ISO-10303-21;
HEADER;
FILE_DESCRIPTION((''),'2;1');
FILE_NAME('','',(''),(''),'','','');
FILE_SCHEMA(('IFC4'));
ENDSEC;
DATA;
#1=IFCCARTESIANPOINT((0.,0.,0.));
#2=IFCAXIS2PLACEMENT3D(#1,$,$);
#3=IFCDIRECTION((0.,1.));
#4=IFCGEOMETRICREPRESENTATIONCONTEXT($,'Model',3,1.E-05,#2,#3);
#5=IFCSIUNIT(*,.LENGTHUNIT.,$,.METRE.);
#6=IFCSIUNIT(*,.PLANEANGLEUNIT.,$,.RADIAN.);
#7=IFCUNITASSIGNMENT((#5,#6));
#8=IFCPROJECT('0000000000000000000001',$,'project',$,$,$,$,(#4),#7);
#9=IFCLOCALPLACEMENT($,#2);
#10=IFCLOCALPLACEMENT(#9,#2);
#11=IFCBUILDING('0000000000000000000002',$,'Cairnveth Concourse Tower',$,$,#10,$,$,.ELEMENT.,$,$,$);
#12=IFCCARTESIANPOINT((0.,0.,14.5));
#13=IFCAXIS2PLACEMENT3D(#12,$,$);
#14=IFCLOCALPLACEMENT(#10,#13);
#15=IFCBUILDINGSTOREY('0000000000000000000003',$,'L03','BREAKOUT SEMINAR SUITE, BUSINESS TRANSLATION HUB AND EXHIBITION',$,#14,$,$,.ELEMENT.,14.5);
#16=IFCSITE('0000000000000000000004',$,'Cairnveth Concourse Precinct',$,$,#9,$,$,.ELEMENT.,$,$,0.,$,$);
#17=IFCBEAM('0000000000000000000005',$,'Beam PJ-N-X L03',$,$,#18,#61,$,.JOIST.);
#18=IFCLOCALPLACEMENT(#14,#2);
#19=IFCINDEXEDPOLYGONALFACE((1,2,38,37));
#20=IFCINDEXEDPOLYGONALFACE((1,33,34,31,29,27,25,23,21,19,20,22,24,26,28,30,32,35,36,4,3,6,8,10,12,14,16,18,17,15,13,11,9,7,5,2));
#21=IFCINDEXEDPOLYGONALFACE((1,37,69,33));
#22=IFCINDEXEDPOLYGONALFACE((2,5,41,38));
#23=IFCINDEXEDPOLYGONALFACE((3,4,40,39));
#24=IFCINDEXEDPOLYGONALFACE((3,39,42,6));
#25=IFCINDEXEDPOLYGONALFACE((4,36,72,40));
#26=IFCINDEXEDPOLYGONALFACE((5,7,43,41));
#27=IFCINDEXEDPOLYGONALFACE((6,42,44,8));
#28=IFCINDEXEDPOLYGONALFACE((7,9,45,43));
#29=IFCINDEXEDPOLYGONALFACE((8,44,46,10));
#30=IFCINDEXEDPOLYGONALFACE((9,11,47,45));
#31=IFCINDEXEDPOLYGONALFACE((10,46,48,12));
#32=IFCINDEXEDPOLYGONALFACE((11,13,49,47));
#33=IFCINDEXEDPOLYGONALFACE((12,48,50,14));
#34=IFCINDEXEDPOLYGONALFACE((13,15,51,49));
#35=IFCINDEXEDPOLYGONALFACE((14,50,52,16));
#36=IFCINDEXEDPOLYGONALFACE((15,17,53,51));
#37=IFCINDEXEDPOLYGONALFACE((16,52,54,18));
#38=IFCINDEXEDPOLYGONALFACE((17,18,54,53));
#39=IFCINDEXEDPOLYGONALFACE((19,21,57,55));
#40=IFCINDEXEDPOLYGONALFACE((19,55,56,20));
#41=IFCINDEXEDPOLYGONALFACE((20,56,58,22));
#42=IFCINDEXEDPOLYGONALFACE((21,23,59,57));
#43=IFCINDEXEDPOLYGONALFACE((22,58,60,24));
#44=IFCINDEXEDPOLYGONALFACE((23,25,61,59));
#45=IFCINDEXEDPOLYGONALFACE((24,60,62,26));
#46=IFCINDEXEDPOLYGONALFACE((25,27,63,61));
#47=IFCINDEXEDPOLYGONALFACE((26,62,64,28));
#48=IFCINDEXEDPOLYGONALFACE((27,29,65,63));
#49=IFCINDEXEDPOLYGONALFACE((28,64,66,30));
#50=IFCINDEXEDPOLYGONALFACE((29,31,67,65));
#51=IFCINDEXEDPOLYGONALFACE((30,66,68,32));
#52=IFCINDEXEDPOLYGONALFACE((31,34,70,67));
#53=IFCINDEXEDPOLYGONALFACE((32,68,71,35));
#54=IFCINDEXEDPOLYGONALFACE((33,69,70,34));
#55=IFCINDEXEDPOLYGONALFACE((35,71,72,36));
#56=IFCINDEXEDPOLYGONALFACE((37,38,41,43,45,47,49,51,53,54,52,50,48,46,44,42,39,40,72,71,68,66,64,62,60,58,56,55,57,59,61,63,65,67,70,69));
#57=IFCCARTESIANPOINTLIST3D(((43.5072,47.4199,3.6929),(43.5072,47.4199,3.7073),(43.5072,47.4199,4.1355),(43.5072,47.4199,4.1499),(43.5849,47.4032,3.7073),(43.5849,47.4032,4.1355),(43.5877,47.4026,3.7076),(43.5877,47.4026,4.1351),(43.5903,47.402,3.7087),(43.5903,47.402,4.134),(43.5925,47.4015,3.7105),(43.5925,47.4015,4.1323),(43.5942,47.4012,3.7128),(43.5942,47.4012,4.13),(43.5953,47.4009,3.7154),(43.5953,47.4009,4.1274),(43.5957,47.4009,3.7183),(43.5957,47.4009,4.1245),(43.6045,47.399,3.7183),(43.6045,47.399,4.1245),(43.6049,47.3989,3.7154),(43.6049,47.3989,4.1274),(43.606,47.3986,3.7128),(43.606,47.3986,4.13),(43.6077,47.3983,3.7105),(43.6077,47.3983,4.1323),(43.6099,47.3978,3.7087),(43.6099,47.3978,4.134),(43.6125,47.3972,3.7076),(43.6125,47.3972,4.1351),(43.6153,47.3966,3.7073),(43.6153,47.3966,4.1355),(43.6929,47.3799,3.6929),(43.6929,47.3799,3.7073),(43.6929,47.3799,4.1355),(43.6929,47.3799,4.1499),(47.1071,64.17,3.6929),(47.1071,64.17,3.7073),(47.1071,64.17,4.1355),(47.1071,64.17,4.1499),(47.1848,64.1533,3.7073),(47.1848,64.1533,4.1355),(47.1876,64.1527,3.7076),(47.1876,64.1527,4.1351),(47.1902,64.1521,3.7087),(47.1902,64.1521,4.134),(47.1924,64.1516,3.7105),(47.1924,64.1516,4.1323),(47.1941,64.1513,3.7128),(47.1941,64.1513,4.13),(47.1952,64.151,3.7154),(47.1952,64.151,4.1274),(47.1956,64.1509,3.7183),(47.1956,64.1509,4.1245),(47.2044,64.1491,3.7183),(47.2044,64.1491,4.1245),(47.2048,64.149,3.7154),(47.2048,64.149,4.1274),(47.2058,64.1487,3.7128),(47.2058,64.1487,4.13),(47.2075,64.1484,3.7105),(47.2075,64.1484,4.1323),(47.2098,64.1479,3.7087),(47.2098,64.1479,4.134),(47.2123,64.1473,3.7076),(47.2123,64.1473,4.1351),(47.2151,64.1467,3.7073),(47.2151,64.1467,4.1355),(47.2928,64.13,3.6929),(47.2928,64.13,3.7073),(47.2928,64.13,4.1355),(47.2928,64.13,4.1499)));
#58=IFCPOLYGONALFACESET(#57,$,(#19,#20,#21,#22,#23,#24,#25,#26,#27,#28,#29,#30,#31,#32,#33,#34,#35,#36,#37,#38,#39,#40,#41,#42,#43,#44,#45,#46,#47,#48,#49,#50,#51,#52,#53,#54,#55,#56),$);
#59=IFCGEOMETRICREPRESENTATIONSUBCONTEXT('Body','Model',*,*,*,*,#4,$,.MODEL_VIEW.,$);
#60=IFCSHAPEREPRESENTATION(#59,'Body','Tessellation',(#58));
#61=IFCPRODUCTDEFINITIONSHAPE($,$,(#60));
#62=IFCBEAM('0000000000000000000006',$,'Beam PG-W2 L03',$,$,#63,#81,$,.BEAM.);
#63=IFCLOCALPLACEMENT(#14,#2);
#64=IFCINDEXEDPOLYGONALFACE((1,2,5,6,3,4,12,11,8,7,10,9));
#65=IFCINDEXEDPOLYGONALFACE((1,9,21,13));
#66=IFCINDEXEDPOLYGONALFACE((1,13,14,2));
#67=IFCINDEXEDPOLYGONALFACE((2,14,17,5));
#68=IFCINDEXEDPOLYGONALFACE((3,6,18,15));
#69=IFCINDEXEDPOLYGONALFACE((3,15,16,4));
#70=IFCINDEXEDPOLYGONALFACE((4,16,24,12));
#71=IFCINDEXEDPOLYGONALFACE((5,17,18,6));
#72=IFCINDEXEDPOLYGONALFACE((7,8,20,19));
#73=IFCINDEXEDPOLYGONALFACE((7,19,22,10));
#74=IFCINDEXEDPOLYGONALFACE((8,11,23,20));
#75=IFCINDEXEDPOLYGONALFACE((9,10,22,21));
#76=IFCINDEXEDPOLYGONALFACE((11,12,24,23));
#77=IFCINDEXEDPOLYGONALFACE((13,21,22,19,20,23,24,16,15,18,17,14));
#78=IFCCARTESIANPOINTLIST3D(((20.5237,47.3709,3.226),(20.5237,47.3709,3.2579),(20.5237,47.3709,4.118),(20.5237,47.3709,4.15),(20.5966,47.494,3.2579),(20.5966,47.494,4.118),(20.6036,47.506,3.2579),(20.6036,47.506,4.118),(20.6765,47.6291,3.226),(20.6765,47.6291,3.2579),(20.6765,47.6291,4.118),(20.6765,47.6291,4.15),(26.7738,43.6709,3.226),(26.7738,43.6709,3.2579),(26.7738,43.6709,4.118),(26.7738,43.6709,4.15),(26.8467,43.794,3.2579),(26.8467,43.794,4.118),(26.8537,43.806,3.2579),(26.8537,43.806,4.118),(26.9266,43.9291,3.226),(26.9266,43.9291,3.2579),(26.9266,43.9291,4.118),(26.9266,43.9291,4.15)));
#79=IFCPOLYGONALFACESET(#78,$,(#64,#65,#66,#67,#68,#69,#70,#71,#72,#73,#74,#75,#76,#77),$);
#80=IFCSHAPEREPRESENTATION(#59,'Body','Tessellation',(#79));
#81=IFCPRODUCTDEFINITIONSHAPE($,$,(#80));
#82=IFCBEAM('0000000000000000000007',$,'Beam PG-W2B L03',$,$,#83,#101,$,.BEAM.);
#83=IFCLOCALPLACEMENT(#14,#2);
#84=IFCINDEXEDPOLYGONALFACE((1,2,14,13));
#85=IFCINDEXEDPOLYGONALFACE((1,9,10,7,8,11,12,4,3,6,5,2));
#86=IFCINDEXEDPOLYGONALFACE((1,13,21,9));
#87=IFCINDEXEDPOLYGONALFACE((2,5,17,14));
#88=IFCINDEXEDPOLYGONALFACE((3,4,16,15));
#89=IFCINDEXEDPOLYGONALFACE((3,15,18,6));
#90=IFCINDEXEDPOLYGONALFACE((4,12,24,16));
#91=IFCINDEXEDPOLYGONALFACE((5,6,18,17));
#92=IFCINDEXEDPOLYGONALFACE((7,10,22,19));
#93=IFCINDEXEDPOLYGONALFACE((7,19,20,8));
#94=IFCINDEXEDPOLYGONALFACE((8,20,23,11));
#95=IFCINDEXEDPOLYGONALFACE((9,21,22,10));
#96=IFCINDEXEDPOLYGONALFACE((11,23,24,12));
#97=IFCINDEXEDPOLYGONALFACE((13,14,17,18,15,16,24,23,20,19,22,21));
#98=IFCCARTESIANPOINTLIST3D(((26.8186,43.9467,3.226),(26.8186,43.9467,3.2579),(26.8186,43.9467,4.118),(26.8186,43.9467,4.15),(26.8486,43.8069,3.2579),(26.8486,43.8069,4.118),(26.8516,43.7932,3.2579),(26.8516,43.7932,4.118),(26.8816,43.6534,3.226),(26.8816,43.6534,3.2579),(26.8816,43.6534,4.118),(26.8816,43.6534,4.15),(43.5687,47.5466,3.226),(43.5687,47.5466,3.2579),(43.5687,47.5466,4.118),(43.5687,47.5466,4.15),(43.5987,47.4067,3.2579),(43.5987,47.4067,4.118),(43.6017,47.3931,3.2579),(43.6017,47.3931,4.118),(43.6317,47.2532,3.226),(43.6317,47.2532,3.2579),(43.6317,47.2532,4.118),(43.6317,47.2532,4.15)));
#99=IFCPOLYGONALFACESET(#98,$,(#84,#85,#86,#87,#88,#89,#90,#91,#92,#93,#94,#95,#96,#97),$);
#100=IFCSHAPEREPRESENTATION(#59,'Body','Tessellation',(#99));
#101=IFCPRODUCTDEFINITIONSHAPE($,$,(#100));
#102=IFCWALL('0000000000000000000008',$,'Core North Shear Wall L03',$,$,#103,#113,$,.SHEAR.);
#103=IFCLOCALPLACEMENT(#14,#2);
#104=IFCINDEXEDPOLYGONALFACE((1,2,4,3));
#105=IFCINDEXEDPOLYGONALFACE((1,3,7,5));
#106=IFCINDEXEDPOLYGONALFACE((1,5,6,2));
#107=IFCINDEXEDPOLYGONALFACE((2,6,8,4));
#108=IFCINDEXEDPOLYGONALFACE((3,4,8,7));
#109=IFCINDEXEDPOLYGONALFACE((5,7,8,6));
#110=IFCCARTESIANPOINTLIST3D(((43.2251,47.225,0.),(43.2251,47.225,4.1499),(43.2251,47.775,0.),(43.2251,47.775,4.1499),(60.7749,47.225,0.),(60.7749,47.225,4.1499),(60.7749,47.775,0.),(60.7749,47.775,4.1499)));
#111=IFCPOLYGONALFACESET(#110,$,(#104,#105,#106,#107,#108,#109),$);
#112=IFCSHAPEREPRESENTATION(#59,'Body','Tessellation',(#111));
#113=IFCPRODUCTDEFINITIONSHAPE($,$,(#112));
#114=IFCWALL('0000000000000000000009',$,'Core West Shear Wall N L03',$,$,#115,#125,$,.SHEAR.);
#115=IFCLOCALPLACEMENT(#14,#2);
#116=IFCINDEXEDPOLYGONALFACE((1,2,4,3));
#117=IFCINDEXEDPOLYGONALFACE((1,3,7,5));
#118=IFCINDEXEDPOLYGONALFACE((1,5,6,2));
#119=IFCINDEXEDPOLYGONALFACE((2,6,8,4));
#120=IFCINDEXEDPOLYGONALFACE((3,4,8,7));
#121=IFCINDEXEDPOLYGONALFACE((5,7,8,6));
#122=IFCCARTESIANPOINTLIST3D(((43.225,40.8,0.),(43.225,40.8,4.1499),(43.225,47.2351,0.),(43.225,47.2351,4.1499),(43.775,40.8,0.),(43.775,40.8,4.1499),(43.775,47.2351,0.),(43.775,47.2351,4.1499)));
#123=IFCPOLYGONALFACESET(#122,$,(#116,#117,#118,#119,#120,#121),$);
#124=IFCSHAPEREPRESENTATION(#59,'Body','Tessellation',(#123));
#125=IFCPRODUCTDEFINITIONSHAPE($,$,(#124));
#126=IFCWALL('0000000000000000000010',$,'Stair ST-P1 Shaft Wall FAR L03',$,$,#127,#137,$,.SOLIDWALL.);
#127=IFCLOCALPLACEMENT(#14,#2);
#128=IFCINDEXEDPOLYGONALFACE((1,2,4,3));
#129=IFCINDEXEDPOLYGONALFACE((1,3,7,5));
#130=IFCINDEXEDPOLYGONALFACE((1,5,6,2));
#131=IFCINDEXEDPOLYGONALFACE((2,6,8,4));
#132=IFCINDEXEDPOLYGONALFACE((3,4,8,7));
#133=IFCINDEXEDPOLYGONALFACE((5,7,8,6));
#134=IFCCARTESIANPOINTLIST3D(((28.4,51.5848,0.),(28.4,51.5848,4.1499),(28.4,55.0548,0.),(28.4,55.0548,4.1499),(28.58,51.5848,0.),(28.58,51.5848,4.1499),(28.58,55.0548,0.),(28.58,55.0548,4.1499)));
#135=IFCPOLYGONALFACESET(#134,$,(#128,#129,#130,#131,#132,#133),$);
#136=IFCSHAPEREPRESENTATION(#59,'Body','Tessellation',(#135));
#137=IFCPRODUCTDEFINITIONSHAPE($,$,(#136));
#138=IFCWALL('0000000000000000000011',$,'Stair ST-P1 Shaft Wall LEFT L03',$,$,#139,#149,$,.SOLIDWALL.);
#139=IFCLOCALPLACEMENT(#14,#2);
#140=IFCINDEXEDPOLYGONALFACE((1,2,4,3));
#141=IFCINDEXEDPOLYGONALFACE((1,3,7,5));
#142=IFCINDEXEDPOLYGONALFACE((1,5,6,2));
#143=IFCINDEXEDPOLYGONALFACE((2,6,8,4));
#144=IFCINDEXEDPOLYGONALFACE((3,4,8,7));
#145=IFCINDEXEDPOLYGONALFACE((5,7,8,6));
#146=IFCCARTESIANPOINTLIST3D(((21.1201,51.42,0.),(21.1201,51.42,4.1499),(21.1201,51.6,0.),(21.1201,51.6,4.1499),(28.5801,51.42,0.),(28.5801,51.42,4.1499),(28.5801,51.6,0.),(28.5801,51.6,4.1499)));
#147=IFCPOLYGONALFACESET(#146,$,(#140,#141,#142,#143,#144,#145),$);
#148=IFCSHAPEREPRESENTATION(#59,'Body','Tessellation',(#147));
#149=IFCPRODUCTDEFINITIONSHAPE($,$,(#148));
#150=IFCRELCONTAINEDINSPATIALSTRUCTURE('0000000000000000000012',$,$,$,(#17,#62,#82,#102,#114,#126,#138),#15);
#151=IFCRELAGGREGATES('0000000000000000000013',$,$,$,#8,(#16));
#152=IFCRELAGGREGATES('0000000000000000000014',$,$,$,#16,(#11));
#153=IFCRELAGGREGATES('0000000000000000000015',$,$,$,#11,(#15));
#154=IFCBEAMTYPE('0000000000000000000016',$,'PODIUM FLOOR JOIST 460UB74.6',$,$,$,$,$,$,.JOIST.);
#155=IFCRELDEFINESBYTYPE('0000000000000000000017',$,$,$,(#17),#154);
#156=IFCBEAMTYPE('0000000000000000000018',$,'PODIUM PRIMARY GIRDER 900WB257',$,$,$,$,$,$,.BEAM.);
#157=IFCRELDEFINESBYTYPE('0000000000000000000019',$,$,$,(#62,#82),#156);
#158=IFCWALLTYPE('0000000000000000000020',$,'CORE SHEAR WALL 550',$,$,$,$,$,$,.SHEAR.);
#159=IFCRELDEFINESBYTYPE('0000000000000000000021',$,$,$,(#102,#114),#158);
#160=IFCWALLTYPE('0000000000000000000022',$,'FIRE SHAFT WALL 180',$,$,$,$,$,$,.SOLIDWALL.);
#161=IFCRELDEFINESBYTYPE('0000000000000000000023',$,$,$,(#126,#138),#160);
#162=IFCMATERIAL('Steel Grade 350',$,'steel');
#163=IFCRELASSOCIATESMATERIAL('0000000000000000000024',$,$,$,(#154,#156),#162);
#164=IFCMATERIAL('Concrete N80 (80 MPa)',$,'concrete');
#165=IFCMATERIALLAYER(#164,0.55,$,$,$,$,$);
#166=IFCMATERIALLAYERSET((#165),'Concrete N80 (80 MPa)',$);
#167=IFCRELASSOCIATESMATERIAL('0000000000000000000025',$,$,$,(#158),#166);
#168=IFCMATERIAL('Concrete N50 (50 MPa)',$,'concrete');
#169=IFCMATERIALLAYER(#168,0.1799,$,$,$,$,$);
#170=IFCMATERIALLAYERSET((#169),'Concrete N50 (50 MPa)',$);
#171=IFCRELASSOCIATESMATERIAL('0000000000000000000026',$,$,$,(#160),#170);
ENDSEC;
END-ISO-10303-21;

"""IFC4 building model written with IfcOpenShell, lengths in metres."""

from ifc_helpers import new_model, si_unit, direction, frame, frame_2d, origin, origin_2d, place, context, subcontext, project, spatial, rectangle, i_section, extrude, material, layer, layer_set, material_profile, profile_set, type_object, element, save


model = new_model("IFC4")

# Units and contexts
model_context = context("Model", 3, precision=1e-05, world=origin(), true_north=direction((0.0, 1.0)))
body_context = subcontext(model_context, "Body", "Model", "MODEL_VIEW")
ifc_project = project(units=[si_unit("LENGTHUNIT", "METRE"), si_unit("PLANEANGLEUNIT", "RADIAN")], contexts=[model_context])

# Site, building, storey
site_placement = place(None, origin())
site = spatial("IfcSite", under=ifc_project, at=site_placement, Name="Cairnveth Concourse Precinct", CompositionType="ELEMENT", RefElevation=0.0)
building_placement = place(site_placement, origin())
building = spatial("IfcBuilding", under=site, at=building_placement, Name="Cairnveth Concourse Tower", CompositionType="ELEMENT")
storey_placement = place(building_placement, frame((0.0, 0.0, 14.5)))
storey = spatial("IfcBuildingStorey", under=building, at=storey_placement, Name="L03", Description="BREAKOUT SEMINAR SUITE, BUSINESS TRANSLATION HUB AND EXHIBITION", CompositionType="ELEMENT", Elevation=14.5)

# Shared definitions
ifc_material_1 = material(Name="Concrete N80 (80 MPa)", Category="concrete")
ifc_material_2 = material(Name="Steel Grade 350", Category="steel")

# Beams
ifc_material_profile_1 = material_profile(ifc_material_2, i_section(OverallWidth=0.1899, OverallDepth=0.457, WebThickness=0.009, FlangeThickness=0.0144, FilletRadius=0.011, at=origin_2d()), Name="460UB74.6")
ifc_profile_set_1 = profile_set([ifc_material_profile_1], Name="Steel Grade 350")
beam_type_1 = type_object("IfcBeamType", Name="PODIUM FLOOR JOIST 460UB74.6", PredefinedType="JOIST", material=ifc_profile_set_1)
beam_1_placement = place(storey_placement, frame((43.6001, 47.3999, 3.9214), z_axis=(0.210119, 0.977676, 0.0), x_axis=(-0.977676, 0.210119, 0.0)))
element("IfcBeam", 1, at=beam_1_placement, inside=storey, type_object=beam_type_1, Name="Beam PJ-N-X L03", PredefinedType="JOIST", context=body_context, shape_type="SweptSolid", body=[
    extrude(i_section(OverallWidth=0.1899, OverallDepth=0.457, WebThickness=0.009, FlangeThickness=0.0144, FilletRadius=0.011, at=origin_2d()), origin(), (0.0, 0.0, 1.0), 17.1326),
])
ifc_material_profile_2 = material_profile(ifc_material_2, i_section(OverallWidth=0.3, OverallDepth=0.9241, WebThickness=0.0139, FlangeThickness=0.032, at=origin_2d()), Name="900WB257")
ifc_profile_set_2 = profile_set([ifc_material_profile_2], Name="Steel Grade 350")
beam_type_2 = type_object("IfcBeamType", Name="PODIUM PRIMARY GIRDER 900WB257", PredefinedType="BEAM", material=ifc_profile_set_2)
beam_2_placement = place(storey_placement, frame((20.6001, 47.5, 3.688), z_axis=(0.860518, -0.50942, 0.0), x_axis=(0.50942, 0.860518, 0.0)))
element("IfcBeam", 2, at=beam_2_placement, inside=storey, type_object=beam_type_2, Name="Beam PG-W2 L03", PredefinedType="BEAM", context=body_context, shape_type="SweptSolid", body=[
    extrude(i_section(OverallWidth=0.3, OverallDepth=0.9241, WebThickness=0.0139, FlangeThickness=0.032, at=origin_2d()), origin(), (0.0, 0.0, 1.0), 7.2632),
])
beam_3_placement = place(storey_placement, frame((26.8501, 43.8, 3.688), z_axis=(0.977676, 0.210119, 0.0), x_axis=(-0.210119, 0.977676, 0.0)))
element("IfcBeam", 3, at=beam_3_placement, inside=storey, type_object=beam_type_2, Name="Beam PG-W2B L03", PredefinedType="BEAM", context=body_context, shape_type="SweptSolid", body=[
    extrude(i_section(OverallWidth=0.3, OverallDepth=0.9241, WebThickness=0.0139, FlangeThickness=0.032, at=origin_2d()), origin(), (0.0, 0.0, 1.0), 17.1326),
])

# Walls
ifc_layer_1 = layer(ifc_material_1, 0.55)
ifc_layer_set_1 = layer_set([ifc_layer_1], Name="Concrete N80 (80 MPa)")
wall_type_1 = type_object("IfcWallType", Name="CORE SHEAR WALL 550", PredefinedType="SHEAR", material=ifc_layer_set_1)
wall_1_placement = place(storey_placement, frame((43.2251, 47.5, 0.0), z_axis=(0.0, 0.0, 1.0), x_axis=(1.0, 0.0, 0.0)))
element("IfcWall", 4, at=wall_1_placement, inside=storey, type_object=wall_type_1, Name="Core North Shear Wall L03", PredefinedType="SHEAR", context=body_context, shape_type="SweptSolid", body=[
    extrude(rectangle(XDim=17.5498, YDim=0.55, at=frame_2d((8.7749, 0.0))), origin(), (0.0, 0.0, 1.0), 4.1499),
])
wall_2_placement = place(storey_placement, frame((43.5, 40.8, 0.0), z_axis=(0.0, 0.0, 1.0), x_axis=(0.0, 1.0, 0.0)))
element("IfcWall", 5, at=wall_2_placement, inside=storey, type_object=wall_type_1, Name="Core West Shear Wall N L03", PredefinedType="SHEAR", context=body_context, shape_type="SweptSolid", body=[
    extrude(rectangle(XDim=6.4351, YDim=0.55, at=frame_2d((3.2175, 0.0))), origin(), (0.0, 0.0, 1.0), 4.1499),
])

# Shared definitions
ifc_material_3 = material(Name="Concrete N50 (50 MPa)", Category="concrete")
ifc_layer_2 = layer(ifc_material_3, 0.1799)
ifc_layer_set_2 = layer_set([ifc_layer_2], Name="Concrete N50 (50 MPa)")
wall_type_2 = type_object("IfcWallType", Name="FIRE SHAFT WALL 180", PredefinedType="SOLIDWALL", material=ifc_layer_set_2)

# Walls
wall_3_placement = place(storey_placement, frame((28.49, 51.585, 0.0), z_axis=(0.0, 0.0, 1.0), x_axis=(0.0, 1.0, 0.0)))
element("IfcWall", 6, at=wall_3_placement, inside=storey, type_object=wall_type_2, Name="Stair ST-P1 Shaft Wall FAR L03", PredefinedType="SOLIDWALL", context=body_context, shape_type="SweptSolid", body=[
    extrude(rectangle(XDim=3.47, YDim=0.1799, at=frame_2d((1.7349, 0.0))), origin(), (0.0, 0.0, 1.0), 4.1499),
])
wall_4_placement = place(storey_placement, frame((21.1201, 51.51, 0.0), z_axis=(0.0, 0.0, 1.0), x_axis=(1.0, 0.0, 0.0)))
element("IfcWall", 7, at=wall_4_placement, inside=storey, type_object=wall_type_2, Name="Stair ST-P1 Shaft Wall LEFT L03", PredefinedType="SOLIDWALL", context=body_context, shape_type="SweptSolid", body=[
    extrude(rectangle(XDim=7.46, YDim=0.1799, at=frame_2d((3.73, 0.0))), origin(), (0.0, 0.0, 1.0), 4.1499),
])

save(model, "model.ifc")
